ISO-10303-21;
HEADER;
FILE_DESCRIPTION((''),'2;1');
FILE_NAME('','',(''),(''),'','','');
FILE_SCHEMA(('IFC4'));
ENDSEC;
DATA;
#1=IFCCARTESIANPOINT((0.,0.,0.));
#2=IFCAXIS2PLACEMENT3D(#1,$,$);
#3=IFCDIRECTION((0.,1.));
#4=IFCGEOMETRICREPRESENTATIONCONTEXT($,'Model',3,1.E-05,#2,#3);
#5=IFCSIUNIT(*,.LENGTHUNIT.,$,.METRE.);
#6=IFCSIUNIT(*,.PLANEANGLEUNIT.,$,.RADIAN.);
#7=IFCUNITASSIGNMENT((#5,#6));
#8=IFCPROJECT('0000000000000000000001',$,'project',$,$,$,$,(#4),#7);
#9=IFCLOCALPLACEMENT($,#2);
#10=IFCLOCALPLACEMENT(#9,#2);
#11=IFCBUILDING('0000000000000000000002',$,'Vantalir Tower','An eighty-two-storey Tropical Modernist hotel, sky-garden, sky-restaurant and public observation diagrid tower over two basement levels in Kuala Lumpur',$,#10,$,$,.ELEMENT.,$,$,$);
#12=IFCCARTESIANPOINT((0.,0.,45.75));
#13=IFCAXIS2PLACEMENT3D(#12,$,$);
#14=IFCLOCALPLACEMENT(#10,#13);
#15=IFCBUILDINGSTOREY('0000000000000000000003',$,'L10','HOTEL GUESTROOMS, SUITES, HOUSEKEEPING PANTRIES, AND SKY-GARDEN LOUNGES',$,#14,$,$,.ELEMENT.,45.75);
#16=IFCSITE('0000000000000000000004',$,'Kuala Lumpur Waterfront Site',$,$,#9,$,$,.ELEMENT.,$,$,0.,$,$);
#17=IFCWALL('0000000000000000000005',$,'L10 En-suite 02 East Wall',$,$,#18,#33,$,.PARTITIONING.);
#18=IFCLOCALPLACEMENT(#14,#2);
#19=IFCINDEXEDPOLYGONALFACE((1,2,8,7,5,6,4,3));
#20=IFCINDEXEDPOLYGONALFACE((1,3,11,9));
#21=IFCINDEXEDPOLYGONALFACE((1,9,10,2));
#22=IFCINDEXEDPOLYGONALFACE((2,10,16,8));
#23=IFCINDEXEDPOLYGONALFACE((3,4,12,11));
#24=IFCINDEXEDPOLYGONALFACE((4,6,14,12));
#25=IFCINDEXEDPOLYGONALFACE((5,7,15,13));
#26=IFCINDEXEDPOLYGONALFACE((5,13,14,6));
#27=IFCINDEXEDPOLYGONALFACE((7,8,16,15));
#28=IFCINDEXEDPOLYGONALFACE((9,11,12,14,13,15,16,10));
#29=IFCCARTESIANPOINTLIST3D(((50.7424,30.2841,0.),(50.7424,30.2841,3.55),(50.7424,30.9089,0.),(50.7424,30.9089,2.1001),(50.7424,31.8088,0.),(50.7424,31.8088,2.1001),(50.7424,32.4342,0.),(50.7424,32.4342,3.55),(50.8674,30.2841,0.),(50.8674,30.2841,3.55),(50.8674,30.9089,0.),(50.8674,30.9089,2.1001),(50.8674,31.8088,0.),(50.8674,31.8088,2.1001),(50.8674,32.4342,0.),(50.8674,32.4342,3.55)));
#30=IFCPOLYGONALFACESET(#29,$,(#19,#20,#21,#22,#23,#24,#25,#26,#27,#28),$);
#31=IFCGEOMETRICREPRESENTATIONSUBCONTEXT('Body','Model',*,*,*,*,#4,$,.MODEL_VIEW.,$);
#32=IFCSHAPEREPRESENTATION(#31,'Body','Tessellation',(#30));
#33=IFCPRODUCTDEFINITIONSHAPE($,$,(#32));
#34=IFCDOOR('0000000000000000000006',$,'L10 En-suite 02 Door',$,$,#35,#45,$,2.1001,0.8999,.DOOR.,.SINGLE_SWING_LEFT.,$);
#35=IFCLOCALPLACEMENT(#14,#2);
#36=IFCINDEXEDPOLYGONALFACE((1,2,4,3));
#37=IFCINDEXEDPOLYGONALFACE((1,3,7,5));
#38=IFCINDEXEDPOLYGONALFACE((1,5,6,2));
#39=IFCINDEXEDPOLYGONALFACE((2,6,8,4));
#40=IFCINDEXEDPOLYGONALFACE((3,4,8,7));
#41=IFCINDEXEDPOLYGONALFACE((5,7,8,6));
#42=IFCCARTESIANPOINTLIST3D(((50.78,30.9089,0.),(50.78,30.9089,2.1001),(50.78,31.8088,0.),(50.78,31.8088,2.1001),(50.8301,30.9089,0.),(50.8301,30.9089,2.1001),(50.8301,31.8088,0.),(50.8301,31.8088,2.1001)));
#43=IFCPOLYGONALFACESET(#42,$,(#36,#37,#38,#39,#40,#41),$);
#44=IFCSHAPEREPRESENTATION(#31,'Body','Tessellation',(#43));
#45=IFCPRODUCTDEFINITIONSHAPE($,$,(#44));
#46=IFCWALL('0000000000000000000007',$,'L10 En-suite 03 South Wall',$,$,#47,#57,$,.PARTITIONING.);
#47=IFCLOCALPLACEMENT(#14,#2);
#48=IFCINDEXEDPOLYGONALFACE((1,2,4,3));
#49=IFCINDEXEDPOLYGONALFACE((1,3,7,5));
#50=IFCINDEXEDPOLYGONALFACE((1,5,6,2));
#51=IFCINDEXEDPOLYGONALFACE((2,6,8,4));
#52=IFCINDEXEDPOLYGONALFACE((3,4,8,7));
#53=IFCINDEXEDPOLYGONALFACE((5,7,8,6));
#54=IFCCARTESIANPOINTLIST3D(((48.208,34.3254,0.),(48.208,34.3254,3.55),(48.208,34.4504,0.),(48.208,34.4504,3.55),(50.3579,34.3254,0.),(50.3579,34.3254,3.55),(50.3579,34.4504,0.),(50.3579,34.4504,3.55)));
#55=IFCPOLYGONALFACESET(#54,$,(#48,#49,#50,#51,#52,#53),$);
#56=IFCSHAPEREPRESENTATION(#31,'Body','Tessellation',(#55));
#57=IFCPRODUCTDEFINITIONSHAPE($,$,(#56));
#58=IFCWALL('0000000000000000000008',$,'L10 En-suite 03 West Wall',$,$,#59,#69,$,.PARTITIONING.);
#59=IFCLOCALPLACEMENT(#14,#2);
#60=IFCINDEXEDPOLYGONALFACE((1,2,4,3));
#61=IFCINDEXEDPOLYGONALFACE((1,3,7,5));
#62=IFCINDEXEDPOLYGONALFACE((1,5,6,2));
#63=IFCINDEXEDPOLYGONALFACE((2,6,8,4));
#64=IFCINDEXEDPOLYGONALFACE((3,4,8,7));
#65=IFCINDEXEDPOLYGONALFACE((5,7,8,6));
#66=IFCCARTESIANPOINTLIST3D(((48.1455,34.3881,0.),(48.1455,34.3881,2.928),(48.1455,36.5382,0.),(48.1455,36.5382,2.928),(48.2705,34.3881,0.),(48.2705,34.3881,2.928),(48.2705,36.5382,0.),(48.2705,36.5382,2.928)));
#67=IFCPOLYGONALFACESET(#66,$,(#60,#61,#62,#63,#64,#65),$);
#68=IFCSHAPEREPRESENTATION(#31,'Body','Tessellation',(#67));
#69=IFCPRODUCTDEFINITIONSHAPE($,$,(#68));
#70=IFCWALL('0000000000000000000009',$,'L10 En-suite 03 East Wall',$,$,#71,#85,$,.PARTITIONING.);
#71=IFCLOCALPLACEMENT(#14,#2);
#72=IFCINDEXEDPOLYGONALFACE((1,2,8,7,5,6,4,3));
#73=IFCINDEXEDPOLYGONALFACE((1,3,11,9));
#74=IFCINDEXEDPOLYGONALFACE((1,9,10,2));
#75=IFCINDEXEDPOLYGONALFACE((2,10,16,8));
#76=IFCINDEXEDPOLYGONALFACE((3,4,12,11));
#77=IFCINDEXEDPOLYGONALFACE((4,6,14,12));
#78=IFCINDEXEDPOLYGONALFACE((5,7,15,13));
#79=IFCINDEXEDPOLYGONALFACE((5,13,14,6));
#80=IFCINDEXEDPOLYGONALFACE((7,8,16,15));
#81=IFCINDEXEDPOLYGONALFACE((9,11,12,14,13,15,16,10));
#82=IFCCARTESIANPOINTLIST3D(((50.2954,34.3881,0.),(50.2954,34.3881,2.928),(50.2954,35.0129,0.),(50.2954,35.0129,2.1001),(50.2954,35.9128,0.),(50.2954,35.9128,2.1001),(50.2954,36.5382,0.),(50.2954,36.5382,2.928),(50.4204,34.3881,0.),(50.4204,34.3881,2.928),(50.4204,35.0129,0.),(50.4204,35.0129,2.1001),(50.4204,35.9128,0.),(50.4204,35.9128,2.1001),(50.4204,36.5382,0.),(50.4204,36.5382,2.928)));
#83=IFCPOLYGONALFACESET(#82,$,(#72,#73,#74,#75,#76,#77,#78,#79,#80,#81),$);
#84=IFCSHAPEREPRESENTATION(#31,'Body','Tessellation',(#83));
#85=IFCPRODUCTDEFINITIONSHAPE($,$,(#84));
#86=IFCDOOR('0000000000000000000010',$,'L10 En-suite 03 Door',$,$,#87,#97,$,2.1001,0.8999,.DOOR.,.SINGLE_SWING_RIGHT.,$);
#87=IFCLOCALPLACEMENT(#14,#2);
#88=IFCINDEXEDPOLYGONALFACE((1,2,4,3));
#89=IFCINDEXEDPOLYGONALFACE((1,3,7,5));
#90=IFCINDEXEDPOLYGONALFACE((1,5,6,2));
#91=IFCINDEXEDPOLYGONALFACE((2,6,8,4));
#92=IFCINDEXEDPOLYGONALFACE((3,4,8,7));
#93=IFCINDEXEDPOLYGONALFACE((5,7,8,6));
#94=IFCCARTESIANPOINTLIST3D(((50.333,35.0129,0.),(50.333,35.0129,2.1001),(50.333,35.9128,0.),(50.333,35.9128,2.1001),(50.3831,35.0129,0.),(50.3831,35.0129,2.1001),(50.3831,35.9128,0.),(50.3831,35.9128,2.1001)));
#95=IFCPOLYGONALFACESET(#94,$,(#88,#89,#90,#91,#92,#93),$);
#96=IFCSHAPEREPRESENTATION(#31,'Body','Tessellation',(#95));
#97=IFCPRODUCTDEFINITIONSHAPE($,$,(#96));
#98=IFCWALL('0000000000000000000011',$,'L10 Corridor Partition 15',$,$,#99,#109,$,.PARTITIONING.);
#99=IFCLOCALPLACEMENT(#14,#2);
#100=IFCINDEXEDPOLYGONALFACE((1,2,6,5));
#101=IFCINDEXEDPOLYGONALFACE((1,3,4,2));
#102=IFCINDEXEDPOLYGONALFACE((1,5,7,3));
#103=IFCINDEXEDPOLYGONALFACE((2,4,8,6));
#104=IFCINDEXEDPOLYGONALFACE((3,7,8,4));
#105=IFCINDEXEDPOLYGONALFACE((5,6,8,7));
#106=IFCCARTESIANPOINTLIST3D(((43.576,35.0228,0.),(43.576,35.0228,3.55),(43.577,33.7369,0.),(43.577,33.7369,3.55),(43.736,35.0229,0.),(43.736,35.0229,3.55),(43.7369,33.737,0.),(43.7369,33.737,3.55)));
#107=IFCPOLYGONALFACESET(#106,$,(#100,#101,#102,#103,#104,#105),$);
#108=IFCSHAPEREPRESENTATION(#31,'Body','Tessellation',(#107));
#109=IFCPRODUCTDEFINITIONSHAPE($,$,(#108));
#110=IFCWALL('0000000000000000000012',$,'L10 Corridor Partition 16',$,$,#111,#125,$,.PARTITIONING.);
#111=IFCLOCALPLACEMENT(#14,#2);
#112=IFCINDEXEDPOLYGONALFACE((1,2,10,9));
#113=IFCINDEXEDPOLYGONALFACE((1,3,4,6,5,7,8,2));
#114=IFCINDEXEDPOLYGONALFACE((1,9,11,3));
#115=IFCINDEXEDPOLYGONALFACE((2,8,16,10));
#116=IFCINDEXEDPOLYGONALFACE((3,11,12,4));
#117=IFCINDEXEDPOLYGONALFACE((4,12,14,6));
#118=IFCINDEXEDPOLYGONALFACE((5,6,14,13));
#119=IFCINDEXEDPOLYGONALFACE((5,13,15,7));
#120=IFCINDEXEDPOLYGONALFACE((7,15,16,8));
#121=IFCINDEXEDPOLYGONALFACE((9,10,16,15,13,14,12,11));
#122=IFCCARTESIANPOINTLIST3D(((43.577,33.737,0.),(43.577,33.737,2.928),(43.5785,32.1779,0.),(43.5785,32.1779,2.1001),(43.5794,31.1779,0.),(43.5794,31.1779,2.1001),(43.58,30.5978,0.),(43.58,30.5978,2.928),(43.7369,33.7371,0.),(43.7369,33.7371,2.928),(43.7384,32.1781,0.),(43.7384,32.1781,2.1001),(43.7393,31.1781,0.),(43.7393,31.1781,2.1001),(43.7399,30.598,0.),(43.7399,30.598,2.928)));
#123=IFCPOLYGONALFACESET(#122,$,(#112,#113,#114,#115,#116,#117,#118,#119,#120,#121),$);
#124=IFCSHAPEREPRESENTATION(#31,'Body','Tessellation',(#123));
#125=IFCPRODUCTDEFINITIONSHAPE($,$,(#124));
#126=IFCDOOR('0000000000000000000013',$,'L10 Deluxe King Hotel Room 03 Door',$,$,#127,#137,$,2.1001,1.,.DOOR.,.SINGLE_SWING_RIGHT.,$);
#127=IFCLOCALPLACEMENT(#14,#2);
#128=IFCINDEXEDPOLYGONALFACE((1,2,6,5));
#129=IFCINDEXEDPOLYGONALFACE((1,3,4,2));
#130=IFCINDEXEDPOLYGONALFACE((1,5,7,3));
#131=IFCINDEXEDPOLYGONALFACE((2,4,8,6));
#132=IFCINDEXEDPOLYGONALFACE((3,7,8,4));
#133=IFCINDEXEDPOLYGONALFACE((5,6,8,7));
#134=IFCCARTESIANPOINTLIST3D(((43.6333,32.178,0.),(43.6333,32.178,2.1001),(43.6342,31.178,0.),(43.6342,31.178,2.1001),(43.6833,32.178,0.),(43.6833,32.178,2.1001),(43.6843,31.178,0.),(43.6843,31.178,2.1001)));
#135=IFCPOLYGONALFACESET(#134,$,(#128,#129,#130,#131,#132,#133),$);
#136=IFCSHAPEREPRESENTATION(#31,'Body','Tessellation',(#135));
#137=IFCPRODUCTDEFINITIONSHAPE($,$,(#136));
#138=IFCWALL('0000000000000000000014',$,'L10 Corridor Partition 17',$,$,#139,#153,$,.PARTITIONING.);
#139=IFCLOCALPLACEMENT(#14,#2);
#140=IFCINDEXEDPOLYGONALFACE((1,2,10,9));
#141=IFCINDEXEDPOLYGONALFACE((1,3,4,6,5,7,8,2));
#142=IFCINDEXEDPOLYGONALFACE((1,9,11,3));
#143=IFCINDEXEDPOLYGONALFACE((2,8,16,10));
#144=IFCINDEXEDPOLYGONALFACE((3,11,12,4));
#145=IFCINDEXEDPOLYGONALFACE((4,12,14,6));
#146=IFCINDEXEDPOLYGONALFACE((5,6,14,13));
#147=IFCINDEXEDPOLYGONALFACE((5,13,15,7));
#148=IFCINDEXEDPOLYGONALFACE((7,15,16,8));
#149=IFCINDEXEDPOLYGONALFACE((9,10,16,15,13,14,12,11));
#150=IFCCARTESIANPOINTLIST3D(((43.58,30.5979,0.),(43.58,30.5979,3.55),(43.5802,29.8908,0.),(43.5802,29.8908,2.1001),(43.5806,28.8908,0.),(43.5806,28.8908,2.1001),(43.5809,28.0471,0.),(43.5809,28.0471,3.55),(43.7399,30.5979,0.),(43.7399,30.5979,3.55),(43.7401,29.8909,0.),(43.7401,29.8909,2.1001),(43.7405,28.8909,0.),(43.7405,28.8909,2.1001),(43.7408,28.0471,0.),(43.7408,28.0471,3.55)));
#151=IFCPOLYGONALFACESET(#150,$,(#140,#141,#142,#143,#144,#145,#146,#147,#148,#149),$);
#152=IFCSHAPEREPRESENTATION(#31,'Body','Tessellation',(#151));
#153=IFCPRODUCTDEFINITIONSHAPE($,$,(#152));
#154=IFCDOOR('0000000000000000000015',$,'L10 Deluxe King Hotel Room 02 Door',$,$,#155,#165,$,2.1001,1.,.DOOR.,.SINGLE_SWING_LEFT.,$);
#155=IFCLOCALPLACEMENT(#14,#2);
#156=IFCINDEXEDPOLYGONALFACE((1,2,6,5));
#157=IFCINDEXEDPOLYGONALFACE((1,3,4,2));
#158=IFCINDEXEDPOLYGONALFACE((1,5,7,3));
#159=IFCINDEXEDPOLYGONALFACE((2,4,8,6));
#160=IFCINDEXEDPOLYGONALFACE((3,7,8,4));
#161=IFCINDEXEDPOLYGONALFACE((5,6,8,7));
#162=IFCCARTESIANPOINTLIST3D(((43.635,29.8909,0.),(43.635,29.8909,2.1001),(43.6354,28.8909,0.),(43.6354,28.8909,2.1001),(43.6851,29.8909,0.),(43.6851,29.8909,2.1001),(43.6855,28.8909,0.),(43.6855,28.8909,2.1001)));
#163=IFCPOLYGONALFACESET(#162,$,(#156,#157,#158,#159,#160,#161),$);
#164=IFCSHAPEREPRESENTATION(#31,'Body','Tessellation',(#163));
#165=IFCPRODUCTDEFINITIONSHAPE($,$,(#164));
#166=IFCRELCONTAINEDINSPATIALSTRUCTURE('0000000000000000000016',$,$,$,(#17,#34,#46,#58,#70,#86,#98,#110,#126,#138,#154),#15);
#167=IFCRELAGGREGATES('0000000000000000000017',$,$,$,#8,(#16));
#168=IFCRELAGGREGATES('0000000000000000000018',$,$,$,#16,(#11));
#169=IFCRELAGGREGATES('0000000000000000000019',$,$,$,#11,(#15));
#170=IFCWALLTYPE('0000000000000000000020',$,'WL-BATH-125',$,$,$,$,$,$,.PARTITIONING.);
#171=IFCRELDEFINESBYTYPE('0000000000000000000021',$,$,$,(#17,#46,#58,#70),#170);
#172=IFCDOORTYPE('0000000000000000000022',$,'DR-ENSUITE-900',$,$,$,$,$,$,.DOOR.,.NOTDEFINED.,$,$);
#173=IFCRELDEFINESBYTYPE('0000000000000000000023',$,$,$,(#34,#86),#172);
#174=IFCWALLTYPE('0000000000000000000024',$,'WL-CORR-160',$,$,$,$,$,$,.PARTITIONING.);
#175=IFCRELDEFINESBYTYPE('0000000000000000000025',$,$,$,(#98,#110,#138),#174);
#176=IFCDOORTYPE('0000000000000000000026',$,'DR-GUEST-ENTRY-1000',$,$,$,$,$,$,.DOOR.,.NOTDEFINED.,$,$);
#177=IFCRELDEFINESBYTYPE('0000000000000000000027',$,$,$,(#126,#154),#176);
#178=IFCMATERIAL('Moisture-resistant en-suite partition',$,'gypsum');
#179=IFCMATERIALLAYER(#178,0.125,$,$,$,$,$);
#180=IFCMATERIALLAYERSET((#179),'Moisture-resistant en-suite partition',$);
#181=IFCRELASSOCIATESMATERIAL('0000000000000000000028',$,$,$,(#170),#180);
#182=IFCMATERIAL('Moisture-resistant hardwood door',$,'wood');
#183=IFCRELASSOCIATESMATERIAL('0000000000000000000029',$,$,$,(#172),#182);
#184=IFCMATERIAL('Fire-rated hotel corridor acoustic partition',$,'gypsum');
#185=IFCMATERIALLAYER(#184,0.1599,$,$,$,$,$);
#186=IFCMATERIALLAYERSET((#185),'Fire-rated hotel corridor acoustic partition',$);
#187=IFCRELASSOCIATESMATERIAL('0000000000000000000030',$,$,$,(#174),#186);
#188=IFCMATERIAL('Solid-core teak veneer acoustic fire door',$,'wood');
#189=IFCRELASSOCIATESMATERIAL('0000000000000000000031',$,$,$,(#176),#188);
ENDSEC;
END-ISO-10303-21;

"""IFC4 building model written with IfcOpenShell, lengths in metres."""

from ifc_helpers import new_model, si_unit, direction, frame, frame_2d, origin, place, context, subcontext, project, spatial, rectangle, extrude, material, layer, layer_set, type_object, element, fill, save


model = new_model("IFC4")

# Units and contexts
model_context = context("Model", 3, precision=1e-05, world=origin(), true_north=direction((0.0, 1.0)))
body_context = subcontext(model_context, "Body", "Model", "MODEL_VIEW")
ifc_project = project(units=[si_unit("LENGTHUNIT", "METRE"), si_unit("PLANEANGLEUNIT", "RADIAN")], contexts=[model_context])

# Site, building, storey
site_placement = place(None, origin())
site = spatial("IfcSite", under=ifc_project, at=site_placement, Name="Kuala Lumpur Waterfront Site", CompositionType="ELEMENT", RefElevation=0.0)
building_placement = place(site_placement, origin())
building = spatial("IfcBuilding", under=site, at=building_placement, Name="Vantalir Tower", Description="An eighty-two-storey Tropical Modernist hotel, sky-garden, sky-restaurant and public observation diagrid tower over two basement levels in Kuala Lumpur", CompositionType="ELEMENT")
storey_placement = place(building_placement, frame((0.0, 0.0, 45.75)))
storey = spatial("IfcBuildingStorey", under=building, at=storey_placement, Name="L10", Description="HOTEL GUESTROOMS, SUITES, HOUSEKEEPING PANTRIES, AND SKY-GARDEN LOUNGES", CompositionType="ELEMENT", Elevation=45.75)

# Shared definitions
ifc_material_1 = material(Name="Moisture-resistant en-suite partition", Category="gypsum")
ifc_layer_1 = layer(ifc_material_1, 0.125)
ifc_layer_set_1 = layer_set([ifc_layer_1], Name="Moisture-resistant en-suite partition")
wall_type_1 = type_object("IfcWallType", Name="WL-BATH-125", PredefinedType="PARTITIONING", material=ifc_layer_set_1)

# Shared definitions
ifc_material_2 = material(Name="Moisture-resistant hardwood door", Category="wood")
door_type_1 = type_object("IfcDoorType", Name="DR-ENSUITE-900", OperationType="NOTDEFINED", PredefinedType="DOOR", material=ifc_material_2)

# Wall, opening, door
wall_1_placement = place(storey_placement, frame((50.8049, 30.2839, 0.0), z_axis=(0.0, 0.0, 1.0), x_axis=(0.0, 1.0, 0.0)))
wall_1 = element("IfcWall", 1, at=wall_1_placement, inside=storey, type_object=wall_type_1, Name="L10 En-suite 02 East Wall", PredefinedType="PARTITIONING", context=body_context, shape_type="SweptSolid", body=[
    extrude(rectangle(XDim=2.1501, YDim=0.125, at=frame_2d((1.0752, 0.0))), origin(), (0.0, 0.0, 1.0), 3.55),
])
opening_1_placement = place(wall_1_placement, frame((0.625, 0.0, 0.0)))
opening_1 = element("IfcOpeningElement", 2, at=opening_1_placement, cuts=wall_1, PredefinedType="OPENING", context=body_context, shape_type="SweptSolid", body=[
    extrude(rectangle(XDim=0.8999, YDim=2.1001, at=frame_2d((0.45, 1.05))), frame((0.0, 0.0725, 0.0), z_axis=(0.0, -1.0, 0.0), x_axis=(1.0, 0.0, 0.0)), (0.0, 0.0, 1.0), 0.145),
])
door_1_placement = place(opening_1_placement, origin())
door_1 = element("IfcDoor", 3, at=door_1_placement, inside=storey, type_object=door_type_1, Name="L10 En-suite 02 Door", OperationType="SINGLE_SWING_LEFT", OverallHeight=2.1001, OverallWidth=0.8999, PredefinedType="DOOR", context=body_context, shape_type="SweptSolid", body=[
    extrude(rectangle(XDim=0.8999, YDim=2.1001, at=frame_2d((0.45, 1.05))), frame((0.0, 0.0249, 0.0), z_axis=(0.0, -1.0, 0.0), x_axis=(1.0, 0.0, 0.0)), (0.0, 0.0, 1.0), 0.05),
])
fill(opening_1, door_1)

# Walls
wall_2_placement = place(storey_placement, frame((48.208, 34.3879, 0.0), z_axis=(0.0, 0.0, 1.0), x_axis=(1.0, 0.0, 0.0)))
element("IfcWall", 4, at=wall_2_placement, inside=storey, type_object=wall_type_1, Name="L10 En-suite 03 South Wall", PredefinedType="PARTITIONING", context=body_context, shape_type="SweptSolid", body=[
    extrude(rectangle(XDim=2.1499, YDim=0.125, at=frame_2d((1.075, 0.0))), origin(), (0.0, 0.0, 1.0), 3.55),
])
wall_3_placement = place(storey_placement, frame((48.208, 34.3879, 0.0), z_axis=(0.0, 0.0, 1.0), x_axis=(0.0, 1.0, 0.0)))
element("IfcWall", 5, at=wall_3_placement, inside=storey, type_object=wall_type_1, Name="L10 En-suite 03 West Wall", PredefinedType="PARTITIONING", context=body_context, shape_type="SweptSolid", body=[
    extrude(rectangle(XDim=2.1501, YDim=0.125, at=frame_2d((1.0752, 0.0))), origin(), (0.0, 0.0, 1.0), 2.928),
])

# Wall, opening, door
wall_4_placement = place(storey_placement, frame((50.3579, 34.3879, 0.0), z_axis=(0.0, 0.0, 1.0), x_axis=(0.0, 1.0, 0.0)))
wall_4 = element("IfcWall", 6, at=wall_4_placement, inside=storey, type_object=wall_type_1, Name="L10 En-suite 03 East Wall", PredefinedType="PARTITIONING", context=body_context, shape_type="SweptSolid", body=[
    extrude(rectangle(XDim=2.1501, YDim=0.125, at=frame_2d((1.0752, 0.0))), origin(), (0.0, 0.0, 1.0), 2.928),
])
opening_2_placement = place(wall_4_placement, frame((0.625, 0.0, 0.0)))
opening_2 = element("IfcOpeningElement", 7, at=opening_2_placement, cuts=wall_4, PredefinedType="OPENING", context=body_context, shape_type="SweptSolid", body=[
    extrude(rectangle(XDim=0.8999, YDim=2.1001, at=frame_2d((0.45, 1.05))), frame((0.0, 0.0725, 0.0), z_axis=(0.0, -1.0, 0.0), x_axis=(1.0, 0.0, 0.0)), (0.0, 0.0, 1.0), 0.145),
])
door_2_placement = place(opening_2_placement, origin())
door_2 = element("IfcDoor", 8, at=door_2_placement, inside=storey, type_object=door_type_1, Name="L10 En-suite 03 Door", OperationType="SINGLE_SWING_RIGHT", OverallHeight=2.1001, OverallWidth=0.8999, PredefinedType="DOOR", context=body_context, shape_type="SweptSolid", body=[
    extrude(rectangle(XDim=0.8999, YDim=2.1001, at=frame_2d((0.45, 1.05))), frame((0.0, 0.0249, 0.0), z_axis=(0.0, -1.0, 0.0), x_axis=(1.0, 0.0, 0.0)), (0.0, 0.0, 1.0), 0.05),
])
fill(opening_2, door_2)

# Wall
ifc_material_3 = material(Name="Fire-rated hotel corridor acoustic partition", Category="gypsum")
ifc_layer_2 = layer(ifc_material_3, 0.1599)
ifc_layer_set_2 = layer_set([ifc_layer_2], Name="Fire-rated hotel corridor acoustic partition")
wall_type_2 = type_object("IfcWallType", Name="WL-CORR-160", PredefinedType="PARTITIONING", material=ifc_layer_set_2)
wall_5_placement = place(storey_placement, frame((43.656, 35.0229, 0.0), z_axis=(0.0, 0.0, 1.0), x_axis=(0.000759, -1.0, 0.0)))
element("IfcWall", 9, at=wall_5_placement, inside=storey, type_object=wall_type_2, Name="L10 Corridor Partition 15", PredefinedType="PARTITIONING", context=body_context, shape_type="SweptSolid", body=[
    extrude(rectangle(XDim=1.2859, YDim=0.1599, at=frame_2d((0.6431, 0.0))), origin(), (0.0, 0.0, 1.0), 3.55),
])

# Walls, openings, doors
wall_6_placement = place(storey_placement, frame((43.657, 33.7371, 0.0), z_axis=(0.0, 0.0, 1.0), x_axis=(0.000933, -1.0, 0.0)))
wall_6 = element("IfcWall", 10, at=wall_6_placement, inside=storey, type_object=wall_type_2, Name="L10 Corridor Partition 16", PredefinedType="PARTITIONING", context=body_context, shape_type="SweptSolid", body=[
    extrude(rectangle(XDim=3.1392, YDim=0.1599, at=frame_2d((1.5696, 0.0))), origin(), (0.0, 0.0, 1.0), 2.928),
])
opening_3_placement = place(wall_6_placement, frame((1.5591, 0.0, 0.0)))
opening_3 = element("IfcOpeningElement", 11, at=opening_3_placement, cuts=wall_6, PredefinedType="OPENING", context=body_context, shape_type="SweptSolid", body=[
    extrude(rectangle(XDim=1.0, YDim=2.1001, at=frame_2d((0.5, 1.05))), frame((0.0, 0.0898, 0.0), z_axis=(0.0, -1.0, 0.0), x_axis=(1.0, 0.0, 0.0)), (0.0, 0.0, 1.0), 0.1799),
])
ifc_material_4 = material(Name="Solid-core teak veneer acoustic fire door", Category="wood")
door_type_2 = type_object("IfcDoorType", Name="DR-GUEST-ENTRY-1000", OperationType="NOTDEFINED", PredefinedType="DOOR", material=ifc_material_4)
door_3_placement = place(opening_3_placement, origin())
door_3 = element("IfcDoor", 12, at=door_3_placement, inside=storey, type_object=door_type_2, Name="L10 Deluxe King Hotel Room 03 Door", OperationType="SINGLE_SWING_RIGHT", OverallHeight=2.1001, OverallWidth=1.0, PredefinedType="DOOR", context=body_context, shape_type="SweptSolid", body=[
    extrude(rectangle(XDim=1.0, YDim=2.1001, at=frame_2d((0.5, 1.05))), frame((0.0, 0.0249, 0.0), z_axis=(0.0, -1.0, 0.0), x_axis=(1.0, 0.0, 0.0)), (0.0, 0.0, 1.0), 0.05),
])
fill(opening_3, door_3)
wall_7_placement = place(storey_placement, frame((43.6599, 30.5979, 0.0), z_axis=(0.0, 0.0, 1.0), x_axis=(0.000383, -1.0, 0.0)))
wall_7 = element("IfcWall", 13, at=wall_7_placement, inside=storey, type_object=wall_type_2, Name="L10 Corridor Partition 17", PredefinedType="PARTITIONING", context=body_context, shape_type="SweptSolid", body=[
    extrude(rectangle(XDim=2.5508, YDim=0.1599, at=frame_2d((1.2754, 0.0))), origin(), (0.0, 0.0, 1.0), 3.55),
])
opening_4_placement = place(wall_7_placement, frame((0.707, 0.0, 0.0)))
opening_4 = element("IfcOpeningElement", 14, at=opening_4_placement, cuts=wall_7, PredefinedType="OPENING", context=body_context, shape_type="SweptSolid", body=[
    extrude(rectangle(XDim=1.0, YDim=2.1001, at=frame_2d((0.5, 1.05))), frame((0.0, 0.0898, 0.0), z_axis=(0.0, -1.0, 0.0), x_axis=(1.0, 0.0, 0.0)), (0.0, 0.0, 1.0), 0.1799),
])
door_4_placement = place(opening_4_placement, origin())
door_4 = element("IfcDoor", 15, at=door_4_placement, inside=storey, type_object=door_type_2, Name="L10 Deluxe King Hotel Room 02 Door", OperationType="SINGLE_SWING_LEFT", OverallHeight=2.1001, OverallWidth=1.0, PredefinedType="DOOR", context=body_context, shape_type="SweptSolid", body=[
    extrude(rectangle(XDim=1.0, YDim=2.1001, at=frame_2d((0.5, 1.05))), frame((0.0, 0.0249, 0.0), z_axis=(0.0, -1.0, 0.0), x_axis=(1.0, 0.0, 0.0)), (0.0, 0.0, 1.0), 0.05),
])
fill(opening_4, door_4)

save(model, "model.ifc")
